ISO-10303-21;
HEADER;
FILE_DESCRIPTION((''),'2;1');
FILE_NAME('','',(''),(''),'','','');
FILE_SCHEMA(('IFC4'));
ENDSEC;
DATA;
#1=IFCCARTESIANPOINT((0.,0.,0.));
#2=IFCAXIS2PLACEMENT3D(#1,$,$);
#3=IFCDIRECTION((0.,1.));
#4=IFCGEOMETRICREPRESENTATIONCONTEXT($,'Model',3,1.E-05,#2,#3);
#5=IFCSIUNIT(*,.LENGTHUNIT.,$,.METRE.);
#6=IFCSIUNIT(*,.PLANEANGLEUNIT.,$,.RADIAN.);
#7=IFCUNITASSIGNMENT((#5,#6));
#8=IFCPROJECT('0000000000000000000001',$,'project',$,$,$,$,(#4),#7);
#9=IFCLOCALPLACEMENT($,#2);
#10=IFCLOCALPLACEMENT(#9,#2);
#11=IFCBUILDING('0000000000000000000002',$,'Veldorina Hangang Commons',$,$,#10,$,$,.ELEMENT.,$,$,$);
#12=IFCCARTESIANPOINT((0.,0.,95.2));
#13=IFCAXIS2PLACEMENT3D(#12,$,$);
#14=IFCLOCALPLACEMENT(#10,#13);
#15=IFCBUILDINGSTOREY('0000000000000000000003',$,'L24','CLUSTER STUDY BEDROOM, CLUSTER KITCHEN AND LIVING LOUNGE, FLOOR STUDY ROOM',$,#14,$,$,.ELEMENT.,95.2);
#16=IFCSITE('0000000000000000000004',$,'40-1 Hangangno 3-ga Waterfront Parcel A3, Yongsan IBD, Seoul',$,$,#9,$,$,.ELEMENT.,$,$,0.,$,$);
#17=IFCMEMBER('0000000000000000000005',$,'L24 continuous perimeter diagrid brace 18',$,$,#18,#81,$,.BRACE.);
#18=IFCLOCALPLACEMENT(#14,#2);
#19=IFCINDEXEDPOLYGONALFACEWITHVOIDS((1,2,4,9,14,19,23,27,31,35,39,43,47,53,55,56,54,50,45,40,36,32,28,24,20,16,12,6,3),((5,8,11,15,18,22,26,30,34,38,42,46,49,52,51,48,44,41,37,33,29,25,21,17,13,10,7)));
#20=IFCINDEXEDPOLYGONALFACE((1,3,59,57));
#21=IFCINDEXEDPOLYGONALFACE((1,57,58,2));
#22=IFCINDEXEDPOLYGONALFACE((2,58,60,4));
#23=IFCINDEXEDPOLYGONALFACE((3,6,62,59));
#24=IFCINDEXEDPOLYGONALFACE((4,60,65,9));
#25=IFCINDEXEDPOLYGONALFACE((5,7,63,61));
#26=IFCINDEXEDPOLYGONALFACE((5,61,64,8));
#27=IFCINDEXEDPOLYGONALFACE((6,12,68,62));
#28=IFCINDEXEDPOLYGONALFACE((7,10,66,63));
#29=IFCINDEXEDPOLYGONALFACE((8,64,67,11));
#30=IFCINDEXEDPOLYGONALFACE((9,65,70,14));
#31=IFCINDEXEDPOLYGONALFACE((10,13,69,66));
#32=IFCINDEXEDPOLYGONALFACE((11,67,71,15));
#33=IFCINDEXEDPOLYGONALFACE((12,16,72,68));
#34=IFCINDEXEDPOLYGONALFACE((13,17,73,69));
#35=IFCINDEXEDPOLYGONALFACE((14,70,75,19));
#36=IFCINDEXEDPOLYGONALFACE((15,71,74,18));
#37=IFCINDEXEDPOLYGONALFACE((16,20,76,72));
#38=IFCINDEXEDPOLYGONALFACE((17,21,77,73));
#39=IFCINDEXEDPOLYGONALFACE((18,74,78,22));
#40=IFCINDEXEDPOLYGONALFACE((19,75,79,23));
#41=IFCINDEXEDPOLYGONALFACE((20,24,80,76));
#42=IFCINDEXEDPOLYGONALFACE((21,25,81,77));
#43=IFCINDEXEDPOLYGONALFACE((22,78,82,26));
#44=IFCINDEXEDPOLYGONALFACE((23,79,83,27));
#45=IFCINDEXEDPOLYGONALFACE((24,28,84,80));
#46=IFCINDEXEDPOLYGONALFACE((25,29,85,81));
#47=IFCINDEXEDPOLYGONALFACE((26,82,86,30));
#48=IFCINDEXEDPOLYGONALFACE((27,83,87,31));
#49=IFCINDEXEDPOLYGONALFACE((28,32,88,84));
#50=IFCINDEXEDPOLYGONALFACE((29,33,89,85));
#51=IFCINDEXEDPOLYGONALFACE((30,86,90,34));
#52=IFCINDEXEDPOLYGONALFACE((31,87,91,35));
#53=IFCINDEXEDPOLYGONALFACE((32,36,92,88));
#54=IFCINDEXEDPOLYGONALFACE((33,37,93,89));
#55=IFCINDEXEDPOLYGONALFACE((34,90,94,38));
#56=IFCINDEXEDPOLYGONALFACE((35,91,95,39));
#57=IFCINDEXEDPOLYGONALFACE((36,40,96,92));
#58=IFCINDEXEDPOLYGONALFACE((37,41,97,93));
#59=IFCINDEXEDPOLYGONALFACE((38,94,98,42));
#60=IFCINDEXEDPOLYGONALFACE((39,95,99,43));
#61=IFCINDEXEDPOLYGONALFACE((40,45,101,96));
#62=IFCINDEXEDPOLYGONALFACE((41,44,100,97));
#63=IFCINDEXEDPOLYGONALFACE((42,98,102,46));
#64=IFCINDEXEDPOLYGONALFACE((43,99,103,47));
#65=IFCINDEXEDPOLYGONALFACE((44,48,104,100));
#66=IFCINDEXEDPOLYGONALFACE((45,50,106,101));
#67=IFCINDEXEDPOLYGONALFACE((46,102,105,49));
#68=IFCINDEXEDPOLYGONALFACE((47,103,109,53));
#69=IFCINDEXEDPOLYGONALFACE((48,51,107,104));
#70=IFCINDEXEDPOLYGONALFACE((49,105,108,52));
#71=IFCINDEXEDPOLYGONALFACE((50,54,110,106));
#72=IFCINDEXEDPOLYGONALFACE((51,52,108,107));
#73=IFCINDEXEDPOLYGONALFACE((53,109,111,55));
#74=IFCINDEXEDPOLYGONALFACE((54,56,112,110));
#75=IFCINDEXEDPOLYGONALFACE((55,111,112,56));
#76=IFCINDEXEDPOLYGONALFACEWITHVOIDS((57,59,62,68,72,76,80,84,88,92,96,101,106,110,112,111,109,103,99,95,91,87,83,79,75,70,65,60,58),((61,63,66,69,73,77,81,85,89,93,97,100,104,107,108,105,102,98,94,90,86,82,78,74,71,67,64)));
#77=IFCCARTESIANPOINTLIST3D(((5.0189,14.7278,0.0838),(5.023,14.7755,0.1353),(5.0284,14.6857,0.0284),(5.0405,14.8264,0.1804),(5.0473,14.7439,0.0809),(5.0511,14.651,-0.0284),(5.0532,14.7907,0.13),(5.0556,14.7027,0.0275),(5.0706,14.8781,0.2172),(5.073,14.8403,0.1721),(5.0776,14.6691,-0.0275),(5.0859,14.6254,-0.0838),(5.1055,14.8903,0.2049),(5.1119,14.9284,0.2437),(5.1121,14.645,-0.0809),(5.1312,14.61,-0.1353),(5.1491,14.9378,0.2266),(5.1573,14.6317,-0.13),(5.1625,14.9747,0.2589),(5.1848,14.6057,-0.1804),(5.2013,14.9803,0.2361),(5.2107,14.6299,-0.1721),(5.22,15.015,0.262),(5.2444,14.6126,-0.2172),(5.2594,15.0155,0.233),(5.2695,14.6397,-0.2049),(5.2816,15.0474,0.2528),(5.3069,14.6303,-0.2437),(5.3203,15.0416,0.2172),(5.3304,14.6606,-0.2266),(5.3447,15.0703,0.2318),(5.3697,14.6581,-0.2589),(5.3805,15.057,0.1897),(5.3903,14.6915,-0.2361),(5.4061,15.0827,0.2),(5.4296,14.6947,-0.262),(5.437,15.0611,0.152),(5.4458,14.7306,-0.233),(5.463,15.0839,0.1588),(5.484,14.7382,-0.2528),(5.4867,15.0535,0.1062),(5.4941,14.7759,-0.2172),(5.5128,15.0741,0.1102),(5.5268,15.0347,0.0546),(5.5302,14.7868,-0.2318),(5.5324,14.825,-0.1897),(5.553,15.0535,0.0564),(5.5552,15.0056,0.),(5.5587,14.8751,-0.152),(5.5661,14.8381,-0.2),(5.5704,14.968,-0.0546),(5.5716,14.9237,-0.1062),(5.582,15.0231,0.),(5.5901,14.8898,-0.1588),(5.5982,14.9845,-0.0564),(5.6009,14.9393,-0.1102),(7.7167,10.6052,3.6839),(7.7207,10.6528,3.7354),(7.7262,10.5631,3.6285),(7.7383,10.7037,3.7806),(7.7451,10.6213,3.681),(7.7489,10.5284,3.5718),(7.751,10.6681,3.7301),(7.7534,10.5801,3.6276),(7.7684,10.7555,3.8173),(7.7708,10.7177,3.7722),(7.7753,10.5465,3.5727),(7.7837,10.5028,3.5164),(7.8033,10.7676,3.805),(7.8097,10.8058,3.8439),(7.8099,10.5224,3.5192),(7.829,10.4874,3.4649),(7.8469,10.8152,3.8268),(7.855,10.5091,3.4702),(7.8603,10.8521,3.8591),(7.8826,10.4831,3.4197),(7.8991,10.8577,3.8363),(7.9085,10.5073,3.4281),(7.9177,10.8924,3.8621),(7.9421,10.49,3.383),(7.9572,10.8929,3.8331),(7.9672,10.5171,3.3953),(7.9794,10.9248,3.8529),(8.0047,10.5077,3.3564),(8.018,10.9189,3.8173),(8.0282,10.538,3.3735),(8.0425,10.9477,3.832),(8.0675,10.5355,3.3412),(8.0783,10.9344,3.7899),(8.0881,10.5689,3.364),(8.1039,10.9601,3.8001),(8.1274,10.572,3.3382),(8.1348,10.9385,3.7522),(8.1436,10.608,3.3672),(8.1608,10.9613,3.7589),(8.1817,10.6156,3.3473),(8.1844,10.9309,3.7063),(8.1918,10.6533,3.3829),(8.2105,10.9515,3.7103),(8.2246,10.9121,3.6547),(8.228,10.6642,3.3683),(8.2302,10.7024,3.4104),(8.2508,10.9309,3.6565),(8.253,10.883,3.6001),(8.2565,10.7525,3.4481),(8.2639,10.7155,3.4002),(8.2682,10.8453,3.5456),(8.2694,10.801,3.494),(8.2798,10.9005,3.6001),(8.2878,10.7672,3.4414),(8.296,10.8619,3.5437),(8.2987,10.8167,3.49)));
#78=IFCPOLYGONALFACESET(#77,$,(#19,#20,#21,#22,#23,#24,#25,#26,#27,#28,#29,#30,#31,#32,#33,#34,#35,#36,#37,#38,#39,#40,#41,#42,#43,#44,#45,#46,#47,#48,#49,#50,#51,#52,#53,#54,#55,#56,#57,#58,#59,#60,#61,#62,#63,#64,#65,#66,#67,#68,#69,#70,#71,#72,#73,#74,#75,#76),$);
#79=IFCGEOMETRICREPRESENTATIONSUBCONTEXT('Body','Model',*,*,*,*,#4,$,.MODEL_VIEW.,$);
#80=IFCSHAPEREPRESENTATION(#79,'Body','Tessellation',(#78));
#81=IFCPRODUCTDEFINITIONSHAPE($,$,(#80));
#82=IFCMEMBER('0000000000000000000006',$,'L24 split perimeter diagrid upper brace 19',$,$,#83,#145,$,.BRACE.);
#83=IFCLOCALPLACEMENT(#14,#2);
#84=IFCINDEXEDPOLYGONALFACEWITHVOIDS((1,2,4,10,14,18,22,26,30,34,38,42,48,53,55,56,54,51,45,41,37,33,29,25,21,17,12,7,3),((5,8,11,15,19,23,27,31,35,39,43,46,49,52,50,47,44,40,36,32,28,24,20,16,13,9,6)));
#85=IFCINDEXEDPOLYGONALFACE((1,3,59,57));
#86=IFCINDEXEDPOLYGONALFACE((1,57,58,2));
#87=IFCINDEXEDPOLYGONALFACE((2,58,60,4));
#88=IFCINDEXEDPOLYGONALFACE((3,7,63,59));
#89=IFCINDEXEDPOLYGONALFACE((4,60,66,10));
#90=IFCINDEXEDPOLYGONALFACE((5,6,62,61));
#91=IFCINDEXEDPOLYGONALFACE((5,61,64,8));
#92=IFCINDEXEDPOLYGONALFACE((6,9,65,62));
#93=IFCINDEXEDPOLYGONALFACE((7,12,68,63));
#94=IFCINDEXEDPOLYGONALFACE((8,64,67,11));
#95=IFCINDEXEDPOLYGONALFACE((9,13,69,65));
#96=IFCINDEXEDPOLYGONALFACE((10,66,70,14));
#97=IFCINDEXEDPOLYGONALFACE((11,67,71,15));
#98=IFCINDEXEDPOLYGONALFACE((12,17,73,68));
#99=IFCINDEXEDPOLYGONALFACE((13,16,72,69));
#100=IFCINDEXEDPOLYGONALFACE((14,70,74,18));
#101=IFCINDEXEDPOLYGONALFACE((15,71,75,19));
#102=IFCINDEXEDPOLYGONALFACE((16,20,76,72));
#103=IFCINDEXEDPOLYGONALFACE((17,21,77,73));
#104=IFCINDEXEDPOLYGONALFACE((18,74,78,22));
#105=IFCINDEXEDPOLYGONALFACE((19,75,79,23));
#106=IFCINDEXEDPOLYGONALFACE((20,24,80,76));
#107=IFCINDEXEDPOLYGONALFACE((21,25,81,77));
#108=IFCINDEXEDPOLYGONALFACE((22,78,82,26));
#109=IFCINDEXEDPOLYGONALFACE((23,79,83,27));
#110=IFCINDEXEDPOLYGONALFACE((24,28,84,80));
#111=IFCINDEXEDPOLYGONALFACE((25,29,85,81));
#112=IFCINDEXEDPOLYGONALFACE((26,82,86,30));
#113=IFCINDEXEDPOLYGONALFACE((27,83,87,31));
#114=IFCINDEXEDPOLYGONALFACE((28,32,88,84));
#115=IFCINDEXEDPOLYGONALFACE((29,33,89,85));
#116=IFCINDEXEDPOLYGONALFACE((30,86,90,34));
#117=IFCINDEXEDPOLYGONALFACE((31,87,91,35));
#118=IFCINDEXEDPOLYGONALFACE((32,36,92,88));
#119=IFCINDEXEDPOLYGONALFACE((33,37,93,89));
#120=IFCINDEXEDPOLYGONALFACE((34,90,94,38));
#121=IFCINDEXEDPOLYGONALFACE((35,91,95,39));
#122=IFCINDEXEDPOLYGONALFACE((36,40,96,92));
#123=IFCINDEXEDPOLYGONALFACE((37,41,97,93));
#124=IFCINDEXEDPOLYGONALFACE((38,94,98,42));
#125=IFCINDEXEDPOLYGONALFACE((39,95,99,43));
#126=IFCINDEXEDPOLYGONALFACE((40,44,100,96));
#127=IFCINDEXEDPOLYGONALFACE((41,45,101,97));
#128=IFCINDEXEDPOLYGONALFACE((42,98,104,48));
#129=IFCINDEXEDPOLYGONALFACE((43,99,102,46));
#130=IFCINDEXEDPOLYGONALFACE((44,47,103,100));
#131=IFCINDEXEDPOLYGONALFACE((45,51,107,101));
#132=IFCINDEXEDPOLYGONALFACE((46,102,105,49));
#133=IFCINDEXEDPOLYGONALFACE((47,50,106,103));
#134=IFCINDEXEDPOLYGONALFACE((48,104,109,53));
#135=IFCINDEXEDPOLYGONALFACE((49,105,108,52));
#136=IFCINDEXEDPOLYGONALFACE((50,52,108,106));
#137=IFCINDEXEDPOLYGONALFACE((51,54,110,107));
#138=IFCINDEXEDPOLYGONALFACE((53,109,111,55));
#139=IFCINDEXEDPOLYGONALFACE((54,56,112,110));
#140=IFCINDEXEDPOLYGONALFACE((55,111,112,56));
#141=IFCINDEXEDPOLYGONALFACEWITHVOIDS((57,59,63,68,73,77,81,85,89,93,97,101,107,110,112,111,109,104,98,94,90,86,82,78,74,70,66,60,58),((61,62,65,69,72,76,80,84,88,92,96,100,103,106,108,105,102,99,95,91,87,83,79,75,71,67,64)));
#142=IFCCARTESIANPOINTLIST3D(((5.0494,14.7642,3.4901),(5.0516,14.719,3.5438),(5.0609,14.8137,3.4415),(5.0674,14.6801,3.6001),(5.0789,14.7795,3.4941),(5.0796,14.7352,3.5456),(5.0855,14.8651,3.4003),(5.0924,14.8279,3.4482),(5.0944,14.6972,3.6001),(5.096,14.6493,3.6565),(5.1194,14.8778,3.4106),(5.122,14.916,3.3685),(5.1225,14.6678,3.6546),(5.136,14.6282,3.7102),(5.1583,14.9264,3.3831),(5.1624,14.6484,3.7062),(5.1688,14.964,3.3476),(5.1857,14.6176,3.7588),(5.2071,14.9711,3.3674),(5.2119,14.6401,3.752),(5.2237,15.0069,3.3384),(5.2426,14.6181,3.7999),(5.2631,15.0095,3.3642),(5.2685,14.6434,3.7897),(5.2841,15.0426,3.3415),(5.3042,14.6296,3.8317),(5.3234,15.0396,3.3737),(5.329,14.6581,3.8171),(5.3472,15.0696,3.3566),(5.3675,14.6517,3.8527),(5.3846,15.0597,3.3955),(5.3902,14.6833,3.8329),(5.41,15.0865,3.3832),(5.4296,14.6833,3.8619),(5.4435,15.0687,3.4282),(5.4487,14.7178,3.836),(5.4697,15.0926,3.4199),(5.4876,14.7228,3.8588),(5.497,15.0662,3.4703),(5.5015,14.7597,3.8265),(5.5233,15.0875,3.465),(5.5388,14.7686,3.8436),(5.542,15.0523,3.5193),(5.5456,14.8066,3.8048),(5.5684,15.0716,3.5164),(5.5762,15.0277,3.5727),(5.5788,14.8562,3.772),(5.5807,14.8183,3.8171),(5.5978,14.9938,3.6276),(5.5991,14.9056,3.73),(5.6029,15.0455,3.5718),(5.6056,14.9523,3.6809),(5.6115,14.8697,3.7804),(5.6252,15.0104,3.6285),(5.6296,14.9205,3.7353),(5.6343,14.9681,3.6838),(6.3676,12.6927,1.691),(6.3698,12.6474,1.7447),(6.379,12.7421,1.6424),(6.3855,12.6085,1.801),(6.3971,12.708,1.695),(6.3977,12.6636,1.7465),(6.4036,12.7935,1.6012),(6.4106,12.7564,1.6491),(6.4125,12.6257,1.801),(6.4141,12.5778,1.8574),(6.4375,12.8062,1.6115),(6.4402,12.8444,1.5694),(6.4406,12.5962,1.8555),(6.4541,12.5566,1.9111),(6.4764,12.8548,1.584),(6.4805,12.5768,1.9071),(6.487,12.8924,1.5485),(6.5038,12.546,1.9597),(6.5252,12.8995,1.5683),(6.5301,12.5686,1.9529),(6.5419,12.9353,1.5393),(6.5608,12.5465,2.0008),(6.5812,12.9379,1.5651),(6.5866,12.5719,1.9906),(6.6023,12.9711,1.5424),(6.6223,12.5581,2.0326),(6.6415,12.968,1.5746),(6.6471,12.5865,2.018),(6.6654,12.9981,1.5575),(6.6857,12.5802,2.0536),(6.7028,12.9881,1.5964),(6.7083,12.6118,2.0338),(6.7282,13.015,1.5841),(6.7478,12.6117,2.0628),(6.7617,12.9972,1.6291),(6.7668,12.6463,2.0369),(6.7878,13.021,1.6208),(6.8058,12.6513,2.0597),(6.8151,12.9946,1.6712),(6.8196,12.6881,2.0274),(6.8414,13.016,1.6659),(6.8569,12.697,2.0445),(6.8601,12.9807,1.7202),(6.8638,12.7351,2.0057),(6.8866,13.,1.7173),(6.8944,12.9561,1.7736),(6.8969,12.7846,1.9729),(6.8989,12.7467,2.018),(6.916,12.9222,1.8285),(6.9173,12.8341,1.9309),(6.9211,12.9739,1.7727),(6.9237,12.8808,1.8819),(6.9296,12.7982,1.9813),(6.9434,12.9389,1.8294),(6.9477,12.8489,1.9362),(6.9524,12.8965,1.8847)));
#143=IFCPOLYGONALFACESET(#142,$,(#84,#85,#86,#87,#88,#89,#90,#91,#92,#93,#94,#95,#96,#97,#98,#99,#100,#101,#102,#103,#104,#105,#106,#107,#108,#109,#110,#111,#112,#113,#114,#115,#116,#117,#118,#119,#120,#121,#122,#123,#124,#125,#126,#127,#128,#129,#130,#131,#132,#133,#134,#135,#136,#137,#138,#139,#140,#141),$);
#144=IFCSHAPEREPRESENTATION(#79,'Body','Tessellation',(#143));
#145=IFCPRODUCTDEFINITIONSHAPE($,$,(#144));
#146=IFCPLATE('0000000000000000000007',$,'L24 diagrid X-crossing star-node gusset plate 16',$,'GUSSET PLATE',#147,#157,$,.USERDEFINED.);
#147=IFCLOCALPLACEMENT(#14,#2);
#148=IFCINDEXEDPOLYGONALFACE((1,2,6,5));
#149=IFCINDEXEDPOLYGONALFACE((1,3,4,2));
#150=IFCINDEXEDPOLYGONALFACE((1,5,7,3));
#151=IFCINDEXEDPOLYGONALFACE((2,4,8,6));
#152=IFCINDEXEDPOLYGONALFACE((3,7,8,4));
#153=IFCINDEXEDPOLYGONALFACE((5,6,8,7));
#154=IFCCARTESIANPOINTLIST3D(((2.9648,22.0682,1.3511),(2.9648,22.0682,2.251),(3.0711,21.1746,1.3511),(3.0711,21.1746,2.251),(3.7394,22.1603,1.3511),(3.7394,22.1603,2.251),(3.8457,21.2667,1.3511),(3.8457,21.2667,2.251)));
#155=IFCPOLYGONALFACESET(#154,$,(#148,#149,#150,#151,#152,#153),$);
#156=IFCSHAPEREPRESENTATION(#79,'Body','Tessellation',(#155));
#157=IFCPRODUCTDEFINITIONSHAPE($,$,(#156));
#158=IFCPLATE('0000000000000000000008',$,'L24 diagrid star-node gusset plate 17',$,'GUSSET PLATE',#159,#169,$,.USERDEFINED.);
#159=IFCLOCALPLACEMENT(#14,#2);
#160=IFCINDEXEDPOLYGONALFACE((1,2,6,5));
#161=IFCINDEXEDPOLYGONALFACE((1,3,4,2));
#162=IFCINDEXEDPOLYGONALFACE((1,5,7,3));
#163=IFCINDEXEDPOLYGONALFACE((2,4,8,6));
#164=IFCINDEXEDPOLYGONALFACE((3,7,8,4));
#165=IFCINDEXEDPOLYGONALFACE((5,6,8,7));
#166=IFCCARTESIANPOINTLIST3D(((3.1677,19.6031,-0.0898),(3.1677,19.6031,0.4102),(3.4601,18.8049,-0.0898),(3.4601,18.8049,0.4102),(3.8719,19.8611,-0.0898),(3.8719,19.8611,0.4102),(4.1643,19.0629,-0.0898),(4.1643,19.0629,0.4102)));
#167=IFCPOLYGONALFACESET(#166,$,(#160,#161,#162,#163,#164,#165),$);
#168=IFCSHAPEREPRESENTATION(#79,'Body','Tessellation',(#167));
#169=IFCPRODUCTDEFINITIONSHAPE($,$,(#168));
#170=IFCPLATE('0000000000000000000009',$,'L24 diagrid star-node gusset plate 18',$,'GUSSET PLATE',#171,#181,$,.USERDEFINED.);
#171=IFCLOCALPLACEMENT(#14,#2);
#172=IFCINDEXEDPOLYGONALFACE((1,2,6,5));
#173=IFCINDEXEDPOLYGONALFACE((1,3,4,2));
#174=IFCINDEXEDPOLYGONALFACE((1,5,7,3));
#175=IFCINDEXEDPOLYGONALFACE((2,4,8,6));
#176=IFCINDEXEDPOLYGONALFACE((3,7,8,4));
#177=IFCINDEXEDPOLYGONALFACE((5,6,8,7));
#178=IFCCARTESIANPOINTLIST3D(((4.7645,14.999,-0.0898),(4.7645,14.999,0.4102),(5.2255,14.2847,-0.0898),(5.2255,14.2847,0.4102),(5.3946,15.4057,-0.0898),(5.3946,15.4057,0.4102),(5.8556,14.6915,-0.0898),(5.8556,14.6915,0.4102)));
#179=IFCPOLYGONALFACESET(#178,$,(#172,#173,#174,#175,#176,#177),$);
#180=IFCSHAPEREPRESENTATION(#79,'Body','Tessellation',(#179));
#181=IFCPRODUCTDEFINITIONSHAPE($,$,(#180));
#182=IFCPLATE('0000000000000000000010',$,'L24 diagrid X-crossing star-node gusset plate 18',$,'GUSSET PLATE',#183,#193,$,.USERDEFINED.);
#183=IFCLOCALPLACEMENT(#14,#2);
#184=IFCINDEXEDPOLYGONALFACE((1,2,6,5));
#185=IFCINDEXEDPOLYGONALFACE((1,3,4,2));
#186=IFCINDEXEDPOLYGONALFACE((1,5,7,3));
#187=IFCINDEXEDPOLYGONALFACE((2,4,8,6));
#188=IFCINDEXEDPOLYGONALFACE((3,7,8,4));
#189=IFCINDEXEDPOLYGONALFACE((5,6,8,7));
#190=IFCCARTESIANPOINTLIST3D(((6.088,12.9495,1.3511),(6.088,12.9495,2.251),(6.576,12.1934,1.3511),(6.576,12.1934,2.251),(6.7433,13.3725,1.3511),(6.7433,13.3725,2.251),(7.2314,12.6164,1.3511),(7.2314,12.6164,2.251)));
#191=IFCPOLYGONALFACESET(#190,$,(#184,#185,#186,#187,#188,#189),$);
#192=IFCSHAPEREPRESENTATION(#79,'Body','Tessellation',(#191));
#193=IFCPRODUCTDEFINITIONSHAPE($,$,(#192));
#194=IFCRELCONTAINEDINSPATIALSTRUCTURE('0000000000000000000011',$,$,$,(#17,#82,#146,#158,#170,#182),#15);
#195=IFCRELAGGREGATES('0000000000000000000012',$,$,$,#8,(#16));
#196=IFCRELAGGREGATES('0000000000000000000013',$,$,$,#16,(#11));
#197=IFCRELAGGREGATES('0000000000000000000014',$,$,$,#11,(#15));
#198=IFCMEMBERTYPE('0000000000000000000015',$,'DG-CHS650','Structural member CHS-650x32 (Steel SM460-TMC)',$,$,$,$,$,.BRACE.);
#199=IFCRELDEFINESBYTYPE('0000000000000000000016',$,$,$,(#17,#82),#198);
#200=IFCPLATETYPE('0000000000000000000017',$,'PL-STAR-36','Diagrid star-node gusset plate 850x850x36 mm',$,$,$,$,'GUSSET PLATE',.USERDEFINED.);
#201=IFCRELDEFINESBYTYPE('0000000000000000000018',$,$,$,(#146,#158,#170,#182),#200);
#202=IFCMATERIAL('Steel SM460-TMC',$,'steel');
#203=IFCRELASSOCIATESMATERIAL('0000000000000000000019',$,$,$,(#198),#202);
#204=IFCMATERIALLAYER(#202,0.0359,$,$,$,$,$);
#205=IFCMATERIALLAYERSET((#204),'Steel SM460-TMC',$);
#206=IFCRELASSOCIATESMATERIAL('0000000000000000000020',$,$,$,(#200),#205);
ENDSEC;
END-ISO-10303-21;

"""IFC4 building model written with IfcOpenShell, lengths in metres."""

from ifc_helpers import new_model, si_unit, direction, frame, origin, origin_2d, place, context, subcontext, project, spatial, rectangle, hollow_circle, extrude, material, layer, layer_set, material_profile, profile_set, type_object, element, save


model = new_model("IFC4")

# Units and contexts
model_context = context("Model", 3, precision=1e-05, world=origin(), true_north=direction((0.0, 1.0)))
body_context = subcontext(model_context, "Body", "Model", "MODEL_VIEW")
ifc_project = project(units=[si_unit("LENGTHUNIT", "METRE"), si_unit("PLANEANGLEUNIT", "RADIAN")], contexts=[model_context])

# Site, building, storey
site_placement = place(None, origin())
site = spatial("IfcSite", under=ifc_project, at=site_placement, Name="40-1 Hangangno 3-ga Waterfront Parcel A3, Yongsan IBD, Seoul", CompositionType="ELEMENT", RefElevation=0.0)
building_placement = place(site_placement, origin())
building = spatial("IfcBuilding", under=site, at=building_placement, Name="Veldorina Hangang Commons", CompositionType="ELEMENT")
storey_placement = place(building_placement, frame((0.0, 0.0, 95.2)))
storey = spatial("IfcBuildingStorey", under=building, at=storey_placement, Name="L24", Description="CLUSTER STUDY BEDROOM, CLUSTER KITCHEN AND LIVING LOUNGE, FLOOR STUDY ROOM", CompositionType="ELEMENT", Elevation=95.2)

# Members
ifc_material_1 = material(Name="Steel SM460-TMC", Category="steel")
ifc_material_profile_1 = material_profile(ifc_material_1, hollow_circle(Radius=0.325, WallThickness=0.032, at=origin_2d()), Name="CHS-650x32")
ifc_profile_set_1 = profile_set([ifc_material_profile_1], Name="Steel SM460-TMC")
member_type = type_object("IfcMemberType", Name="DG-CHS650", Description="Structural member CHS-650x32 (Steel SM460-TMC)", PredefinedType="BRACE", material=ifc_profile_set_1)
member_1_placement = place(storey_placement, frame((5.3101, 14.8452, 0.0), z_axis=(0.442112, -0.675611, 0.589989), x_axis=(0.836762, 0.547567, 0.0)))
element("IfcMember", 1, at=member_1_placement, inside=storey, type_object=member_type, Name="L24 continuous perimeter diagrid brace 18", PredefinedType="BRACE", context=body_context, shape_type="SweptSolid", body=[
    extrude(hollow_circle(Radius=0.325, WallThickness=0.032, at=origin_2d()), origin(), (0.0, 0.0, 1.0), 6.1021),
])
member_2_placement = place(storey_placement, frame((6.6597, 12.783, 1.801), z_axis=(-0.433035, 0.680552, 0.591041), x_axis=(-0.843686, -0.536837, 0.0)))
element("IfcMember", 2, at=member_2_placement, inside=storey, type_object=member_type, Name="L24 split perimeter diagrid upper brace 19", PredefinedType="BRACE", context=body_context, shape_type="SweptSolid", body=[
    extrude(hollow_circle(Radius=0.325, WallThickness=0.032, at=origin_2d()), origin(), (0.0, 0.0, 1.0), 3.0439),
])

# Plates
ifc_layer_1 = layer(ifc_material_1, 0.0359)
ifc_layer_set_1 = layer_set([ifc_layer_1], Name="Steel SM460-TMC")
plate_type = type_object("IfcPlateType", Name="PL-STAR-36", Description="Diagrid star-node gusset plate 850x850x36 mm", ElementType="GUSSET PLATE", PredefinedType="USERDEFINED", material=ifc_layer_set_1)
plate_1_placement = place(storey_placement, frame((3.4053, 21.6675, 1.3511), z_axis=(0.0, 0.0, 1.0), x_axis=(0.118109, -0.993001, 0.0)))
element("IfcPlate", 3, at=plate_1_placement, inside=storey, type_object=plate_type, Name="L24 diagrid X-crossing star-node gusset plate 16", ObjectType="GUSSET PLATE", PredefinedType="USERDEFINED", context=body_context, shape_type="SweptSolid", body=[
    extrude(rectangle(XDim=0.8999, YDim=0.78, at=origin_2d()), origin(), (0.0, 0.0, 1.0), 0.8999),
])
for number, where, z_axis, x_axis, name in (
    (4, (3.666, 19.333, -0.0898), (0.0, 0.0, 1.0), (0.343987, -0.938974, 0.0), "L24 diagrid star-node gusset plate 17"),
    (5, (5.3101, 14.8452, -0.0898), (0.0, 0.0, 1.0), (0.54231, -0.840179, 0.0), "L24 diagrid star-node gusset plate 18"),
):
    element("IfcPlate", number, at=place(storey_placement, frame(where, z_axis=z_axis, x_axis=x_axis)), inside=storey, type_object=plate_type, Name=name, ObjectType="GUSSET PLATE", PredefinedType="USERDEFINED", context=body_context, shape_type="SweptSolid", body=[
        extrude(rectangle(XDim=0.8501, YDim=0.75, at=origin_2d()), origin(), (0.0, 0.0, 1.0), 0.5),
    ])
plate_2_placement = place(storey_placement, frame((6.6597, 12.783, 1.3511), z_axis=(0.0, 0.0, 1.0), x_axis=(0.54231, -0.840179, 0.0)))
element("IfcPlate", 6, at=plate_2_placement, inside=storey, type_object=plate_type, Name="L24 diagrid X-crossing star-node gusset plate 18", ObjectType="GUSSET PLATE", PredefinedType="USERDEFINED", context=body_context, shape_type="SweptSolid", body=[
    extrude(rectangle(XDim=0.8999, YDim=0.78, at=origin_2d()), origin(), (0.0, 0.0, 1.0), 0.8999),
])

save(model, "model.ifc")
